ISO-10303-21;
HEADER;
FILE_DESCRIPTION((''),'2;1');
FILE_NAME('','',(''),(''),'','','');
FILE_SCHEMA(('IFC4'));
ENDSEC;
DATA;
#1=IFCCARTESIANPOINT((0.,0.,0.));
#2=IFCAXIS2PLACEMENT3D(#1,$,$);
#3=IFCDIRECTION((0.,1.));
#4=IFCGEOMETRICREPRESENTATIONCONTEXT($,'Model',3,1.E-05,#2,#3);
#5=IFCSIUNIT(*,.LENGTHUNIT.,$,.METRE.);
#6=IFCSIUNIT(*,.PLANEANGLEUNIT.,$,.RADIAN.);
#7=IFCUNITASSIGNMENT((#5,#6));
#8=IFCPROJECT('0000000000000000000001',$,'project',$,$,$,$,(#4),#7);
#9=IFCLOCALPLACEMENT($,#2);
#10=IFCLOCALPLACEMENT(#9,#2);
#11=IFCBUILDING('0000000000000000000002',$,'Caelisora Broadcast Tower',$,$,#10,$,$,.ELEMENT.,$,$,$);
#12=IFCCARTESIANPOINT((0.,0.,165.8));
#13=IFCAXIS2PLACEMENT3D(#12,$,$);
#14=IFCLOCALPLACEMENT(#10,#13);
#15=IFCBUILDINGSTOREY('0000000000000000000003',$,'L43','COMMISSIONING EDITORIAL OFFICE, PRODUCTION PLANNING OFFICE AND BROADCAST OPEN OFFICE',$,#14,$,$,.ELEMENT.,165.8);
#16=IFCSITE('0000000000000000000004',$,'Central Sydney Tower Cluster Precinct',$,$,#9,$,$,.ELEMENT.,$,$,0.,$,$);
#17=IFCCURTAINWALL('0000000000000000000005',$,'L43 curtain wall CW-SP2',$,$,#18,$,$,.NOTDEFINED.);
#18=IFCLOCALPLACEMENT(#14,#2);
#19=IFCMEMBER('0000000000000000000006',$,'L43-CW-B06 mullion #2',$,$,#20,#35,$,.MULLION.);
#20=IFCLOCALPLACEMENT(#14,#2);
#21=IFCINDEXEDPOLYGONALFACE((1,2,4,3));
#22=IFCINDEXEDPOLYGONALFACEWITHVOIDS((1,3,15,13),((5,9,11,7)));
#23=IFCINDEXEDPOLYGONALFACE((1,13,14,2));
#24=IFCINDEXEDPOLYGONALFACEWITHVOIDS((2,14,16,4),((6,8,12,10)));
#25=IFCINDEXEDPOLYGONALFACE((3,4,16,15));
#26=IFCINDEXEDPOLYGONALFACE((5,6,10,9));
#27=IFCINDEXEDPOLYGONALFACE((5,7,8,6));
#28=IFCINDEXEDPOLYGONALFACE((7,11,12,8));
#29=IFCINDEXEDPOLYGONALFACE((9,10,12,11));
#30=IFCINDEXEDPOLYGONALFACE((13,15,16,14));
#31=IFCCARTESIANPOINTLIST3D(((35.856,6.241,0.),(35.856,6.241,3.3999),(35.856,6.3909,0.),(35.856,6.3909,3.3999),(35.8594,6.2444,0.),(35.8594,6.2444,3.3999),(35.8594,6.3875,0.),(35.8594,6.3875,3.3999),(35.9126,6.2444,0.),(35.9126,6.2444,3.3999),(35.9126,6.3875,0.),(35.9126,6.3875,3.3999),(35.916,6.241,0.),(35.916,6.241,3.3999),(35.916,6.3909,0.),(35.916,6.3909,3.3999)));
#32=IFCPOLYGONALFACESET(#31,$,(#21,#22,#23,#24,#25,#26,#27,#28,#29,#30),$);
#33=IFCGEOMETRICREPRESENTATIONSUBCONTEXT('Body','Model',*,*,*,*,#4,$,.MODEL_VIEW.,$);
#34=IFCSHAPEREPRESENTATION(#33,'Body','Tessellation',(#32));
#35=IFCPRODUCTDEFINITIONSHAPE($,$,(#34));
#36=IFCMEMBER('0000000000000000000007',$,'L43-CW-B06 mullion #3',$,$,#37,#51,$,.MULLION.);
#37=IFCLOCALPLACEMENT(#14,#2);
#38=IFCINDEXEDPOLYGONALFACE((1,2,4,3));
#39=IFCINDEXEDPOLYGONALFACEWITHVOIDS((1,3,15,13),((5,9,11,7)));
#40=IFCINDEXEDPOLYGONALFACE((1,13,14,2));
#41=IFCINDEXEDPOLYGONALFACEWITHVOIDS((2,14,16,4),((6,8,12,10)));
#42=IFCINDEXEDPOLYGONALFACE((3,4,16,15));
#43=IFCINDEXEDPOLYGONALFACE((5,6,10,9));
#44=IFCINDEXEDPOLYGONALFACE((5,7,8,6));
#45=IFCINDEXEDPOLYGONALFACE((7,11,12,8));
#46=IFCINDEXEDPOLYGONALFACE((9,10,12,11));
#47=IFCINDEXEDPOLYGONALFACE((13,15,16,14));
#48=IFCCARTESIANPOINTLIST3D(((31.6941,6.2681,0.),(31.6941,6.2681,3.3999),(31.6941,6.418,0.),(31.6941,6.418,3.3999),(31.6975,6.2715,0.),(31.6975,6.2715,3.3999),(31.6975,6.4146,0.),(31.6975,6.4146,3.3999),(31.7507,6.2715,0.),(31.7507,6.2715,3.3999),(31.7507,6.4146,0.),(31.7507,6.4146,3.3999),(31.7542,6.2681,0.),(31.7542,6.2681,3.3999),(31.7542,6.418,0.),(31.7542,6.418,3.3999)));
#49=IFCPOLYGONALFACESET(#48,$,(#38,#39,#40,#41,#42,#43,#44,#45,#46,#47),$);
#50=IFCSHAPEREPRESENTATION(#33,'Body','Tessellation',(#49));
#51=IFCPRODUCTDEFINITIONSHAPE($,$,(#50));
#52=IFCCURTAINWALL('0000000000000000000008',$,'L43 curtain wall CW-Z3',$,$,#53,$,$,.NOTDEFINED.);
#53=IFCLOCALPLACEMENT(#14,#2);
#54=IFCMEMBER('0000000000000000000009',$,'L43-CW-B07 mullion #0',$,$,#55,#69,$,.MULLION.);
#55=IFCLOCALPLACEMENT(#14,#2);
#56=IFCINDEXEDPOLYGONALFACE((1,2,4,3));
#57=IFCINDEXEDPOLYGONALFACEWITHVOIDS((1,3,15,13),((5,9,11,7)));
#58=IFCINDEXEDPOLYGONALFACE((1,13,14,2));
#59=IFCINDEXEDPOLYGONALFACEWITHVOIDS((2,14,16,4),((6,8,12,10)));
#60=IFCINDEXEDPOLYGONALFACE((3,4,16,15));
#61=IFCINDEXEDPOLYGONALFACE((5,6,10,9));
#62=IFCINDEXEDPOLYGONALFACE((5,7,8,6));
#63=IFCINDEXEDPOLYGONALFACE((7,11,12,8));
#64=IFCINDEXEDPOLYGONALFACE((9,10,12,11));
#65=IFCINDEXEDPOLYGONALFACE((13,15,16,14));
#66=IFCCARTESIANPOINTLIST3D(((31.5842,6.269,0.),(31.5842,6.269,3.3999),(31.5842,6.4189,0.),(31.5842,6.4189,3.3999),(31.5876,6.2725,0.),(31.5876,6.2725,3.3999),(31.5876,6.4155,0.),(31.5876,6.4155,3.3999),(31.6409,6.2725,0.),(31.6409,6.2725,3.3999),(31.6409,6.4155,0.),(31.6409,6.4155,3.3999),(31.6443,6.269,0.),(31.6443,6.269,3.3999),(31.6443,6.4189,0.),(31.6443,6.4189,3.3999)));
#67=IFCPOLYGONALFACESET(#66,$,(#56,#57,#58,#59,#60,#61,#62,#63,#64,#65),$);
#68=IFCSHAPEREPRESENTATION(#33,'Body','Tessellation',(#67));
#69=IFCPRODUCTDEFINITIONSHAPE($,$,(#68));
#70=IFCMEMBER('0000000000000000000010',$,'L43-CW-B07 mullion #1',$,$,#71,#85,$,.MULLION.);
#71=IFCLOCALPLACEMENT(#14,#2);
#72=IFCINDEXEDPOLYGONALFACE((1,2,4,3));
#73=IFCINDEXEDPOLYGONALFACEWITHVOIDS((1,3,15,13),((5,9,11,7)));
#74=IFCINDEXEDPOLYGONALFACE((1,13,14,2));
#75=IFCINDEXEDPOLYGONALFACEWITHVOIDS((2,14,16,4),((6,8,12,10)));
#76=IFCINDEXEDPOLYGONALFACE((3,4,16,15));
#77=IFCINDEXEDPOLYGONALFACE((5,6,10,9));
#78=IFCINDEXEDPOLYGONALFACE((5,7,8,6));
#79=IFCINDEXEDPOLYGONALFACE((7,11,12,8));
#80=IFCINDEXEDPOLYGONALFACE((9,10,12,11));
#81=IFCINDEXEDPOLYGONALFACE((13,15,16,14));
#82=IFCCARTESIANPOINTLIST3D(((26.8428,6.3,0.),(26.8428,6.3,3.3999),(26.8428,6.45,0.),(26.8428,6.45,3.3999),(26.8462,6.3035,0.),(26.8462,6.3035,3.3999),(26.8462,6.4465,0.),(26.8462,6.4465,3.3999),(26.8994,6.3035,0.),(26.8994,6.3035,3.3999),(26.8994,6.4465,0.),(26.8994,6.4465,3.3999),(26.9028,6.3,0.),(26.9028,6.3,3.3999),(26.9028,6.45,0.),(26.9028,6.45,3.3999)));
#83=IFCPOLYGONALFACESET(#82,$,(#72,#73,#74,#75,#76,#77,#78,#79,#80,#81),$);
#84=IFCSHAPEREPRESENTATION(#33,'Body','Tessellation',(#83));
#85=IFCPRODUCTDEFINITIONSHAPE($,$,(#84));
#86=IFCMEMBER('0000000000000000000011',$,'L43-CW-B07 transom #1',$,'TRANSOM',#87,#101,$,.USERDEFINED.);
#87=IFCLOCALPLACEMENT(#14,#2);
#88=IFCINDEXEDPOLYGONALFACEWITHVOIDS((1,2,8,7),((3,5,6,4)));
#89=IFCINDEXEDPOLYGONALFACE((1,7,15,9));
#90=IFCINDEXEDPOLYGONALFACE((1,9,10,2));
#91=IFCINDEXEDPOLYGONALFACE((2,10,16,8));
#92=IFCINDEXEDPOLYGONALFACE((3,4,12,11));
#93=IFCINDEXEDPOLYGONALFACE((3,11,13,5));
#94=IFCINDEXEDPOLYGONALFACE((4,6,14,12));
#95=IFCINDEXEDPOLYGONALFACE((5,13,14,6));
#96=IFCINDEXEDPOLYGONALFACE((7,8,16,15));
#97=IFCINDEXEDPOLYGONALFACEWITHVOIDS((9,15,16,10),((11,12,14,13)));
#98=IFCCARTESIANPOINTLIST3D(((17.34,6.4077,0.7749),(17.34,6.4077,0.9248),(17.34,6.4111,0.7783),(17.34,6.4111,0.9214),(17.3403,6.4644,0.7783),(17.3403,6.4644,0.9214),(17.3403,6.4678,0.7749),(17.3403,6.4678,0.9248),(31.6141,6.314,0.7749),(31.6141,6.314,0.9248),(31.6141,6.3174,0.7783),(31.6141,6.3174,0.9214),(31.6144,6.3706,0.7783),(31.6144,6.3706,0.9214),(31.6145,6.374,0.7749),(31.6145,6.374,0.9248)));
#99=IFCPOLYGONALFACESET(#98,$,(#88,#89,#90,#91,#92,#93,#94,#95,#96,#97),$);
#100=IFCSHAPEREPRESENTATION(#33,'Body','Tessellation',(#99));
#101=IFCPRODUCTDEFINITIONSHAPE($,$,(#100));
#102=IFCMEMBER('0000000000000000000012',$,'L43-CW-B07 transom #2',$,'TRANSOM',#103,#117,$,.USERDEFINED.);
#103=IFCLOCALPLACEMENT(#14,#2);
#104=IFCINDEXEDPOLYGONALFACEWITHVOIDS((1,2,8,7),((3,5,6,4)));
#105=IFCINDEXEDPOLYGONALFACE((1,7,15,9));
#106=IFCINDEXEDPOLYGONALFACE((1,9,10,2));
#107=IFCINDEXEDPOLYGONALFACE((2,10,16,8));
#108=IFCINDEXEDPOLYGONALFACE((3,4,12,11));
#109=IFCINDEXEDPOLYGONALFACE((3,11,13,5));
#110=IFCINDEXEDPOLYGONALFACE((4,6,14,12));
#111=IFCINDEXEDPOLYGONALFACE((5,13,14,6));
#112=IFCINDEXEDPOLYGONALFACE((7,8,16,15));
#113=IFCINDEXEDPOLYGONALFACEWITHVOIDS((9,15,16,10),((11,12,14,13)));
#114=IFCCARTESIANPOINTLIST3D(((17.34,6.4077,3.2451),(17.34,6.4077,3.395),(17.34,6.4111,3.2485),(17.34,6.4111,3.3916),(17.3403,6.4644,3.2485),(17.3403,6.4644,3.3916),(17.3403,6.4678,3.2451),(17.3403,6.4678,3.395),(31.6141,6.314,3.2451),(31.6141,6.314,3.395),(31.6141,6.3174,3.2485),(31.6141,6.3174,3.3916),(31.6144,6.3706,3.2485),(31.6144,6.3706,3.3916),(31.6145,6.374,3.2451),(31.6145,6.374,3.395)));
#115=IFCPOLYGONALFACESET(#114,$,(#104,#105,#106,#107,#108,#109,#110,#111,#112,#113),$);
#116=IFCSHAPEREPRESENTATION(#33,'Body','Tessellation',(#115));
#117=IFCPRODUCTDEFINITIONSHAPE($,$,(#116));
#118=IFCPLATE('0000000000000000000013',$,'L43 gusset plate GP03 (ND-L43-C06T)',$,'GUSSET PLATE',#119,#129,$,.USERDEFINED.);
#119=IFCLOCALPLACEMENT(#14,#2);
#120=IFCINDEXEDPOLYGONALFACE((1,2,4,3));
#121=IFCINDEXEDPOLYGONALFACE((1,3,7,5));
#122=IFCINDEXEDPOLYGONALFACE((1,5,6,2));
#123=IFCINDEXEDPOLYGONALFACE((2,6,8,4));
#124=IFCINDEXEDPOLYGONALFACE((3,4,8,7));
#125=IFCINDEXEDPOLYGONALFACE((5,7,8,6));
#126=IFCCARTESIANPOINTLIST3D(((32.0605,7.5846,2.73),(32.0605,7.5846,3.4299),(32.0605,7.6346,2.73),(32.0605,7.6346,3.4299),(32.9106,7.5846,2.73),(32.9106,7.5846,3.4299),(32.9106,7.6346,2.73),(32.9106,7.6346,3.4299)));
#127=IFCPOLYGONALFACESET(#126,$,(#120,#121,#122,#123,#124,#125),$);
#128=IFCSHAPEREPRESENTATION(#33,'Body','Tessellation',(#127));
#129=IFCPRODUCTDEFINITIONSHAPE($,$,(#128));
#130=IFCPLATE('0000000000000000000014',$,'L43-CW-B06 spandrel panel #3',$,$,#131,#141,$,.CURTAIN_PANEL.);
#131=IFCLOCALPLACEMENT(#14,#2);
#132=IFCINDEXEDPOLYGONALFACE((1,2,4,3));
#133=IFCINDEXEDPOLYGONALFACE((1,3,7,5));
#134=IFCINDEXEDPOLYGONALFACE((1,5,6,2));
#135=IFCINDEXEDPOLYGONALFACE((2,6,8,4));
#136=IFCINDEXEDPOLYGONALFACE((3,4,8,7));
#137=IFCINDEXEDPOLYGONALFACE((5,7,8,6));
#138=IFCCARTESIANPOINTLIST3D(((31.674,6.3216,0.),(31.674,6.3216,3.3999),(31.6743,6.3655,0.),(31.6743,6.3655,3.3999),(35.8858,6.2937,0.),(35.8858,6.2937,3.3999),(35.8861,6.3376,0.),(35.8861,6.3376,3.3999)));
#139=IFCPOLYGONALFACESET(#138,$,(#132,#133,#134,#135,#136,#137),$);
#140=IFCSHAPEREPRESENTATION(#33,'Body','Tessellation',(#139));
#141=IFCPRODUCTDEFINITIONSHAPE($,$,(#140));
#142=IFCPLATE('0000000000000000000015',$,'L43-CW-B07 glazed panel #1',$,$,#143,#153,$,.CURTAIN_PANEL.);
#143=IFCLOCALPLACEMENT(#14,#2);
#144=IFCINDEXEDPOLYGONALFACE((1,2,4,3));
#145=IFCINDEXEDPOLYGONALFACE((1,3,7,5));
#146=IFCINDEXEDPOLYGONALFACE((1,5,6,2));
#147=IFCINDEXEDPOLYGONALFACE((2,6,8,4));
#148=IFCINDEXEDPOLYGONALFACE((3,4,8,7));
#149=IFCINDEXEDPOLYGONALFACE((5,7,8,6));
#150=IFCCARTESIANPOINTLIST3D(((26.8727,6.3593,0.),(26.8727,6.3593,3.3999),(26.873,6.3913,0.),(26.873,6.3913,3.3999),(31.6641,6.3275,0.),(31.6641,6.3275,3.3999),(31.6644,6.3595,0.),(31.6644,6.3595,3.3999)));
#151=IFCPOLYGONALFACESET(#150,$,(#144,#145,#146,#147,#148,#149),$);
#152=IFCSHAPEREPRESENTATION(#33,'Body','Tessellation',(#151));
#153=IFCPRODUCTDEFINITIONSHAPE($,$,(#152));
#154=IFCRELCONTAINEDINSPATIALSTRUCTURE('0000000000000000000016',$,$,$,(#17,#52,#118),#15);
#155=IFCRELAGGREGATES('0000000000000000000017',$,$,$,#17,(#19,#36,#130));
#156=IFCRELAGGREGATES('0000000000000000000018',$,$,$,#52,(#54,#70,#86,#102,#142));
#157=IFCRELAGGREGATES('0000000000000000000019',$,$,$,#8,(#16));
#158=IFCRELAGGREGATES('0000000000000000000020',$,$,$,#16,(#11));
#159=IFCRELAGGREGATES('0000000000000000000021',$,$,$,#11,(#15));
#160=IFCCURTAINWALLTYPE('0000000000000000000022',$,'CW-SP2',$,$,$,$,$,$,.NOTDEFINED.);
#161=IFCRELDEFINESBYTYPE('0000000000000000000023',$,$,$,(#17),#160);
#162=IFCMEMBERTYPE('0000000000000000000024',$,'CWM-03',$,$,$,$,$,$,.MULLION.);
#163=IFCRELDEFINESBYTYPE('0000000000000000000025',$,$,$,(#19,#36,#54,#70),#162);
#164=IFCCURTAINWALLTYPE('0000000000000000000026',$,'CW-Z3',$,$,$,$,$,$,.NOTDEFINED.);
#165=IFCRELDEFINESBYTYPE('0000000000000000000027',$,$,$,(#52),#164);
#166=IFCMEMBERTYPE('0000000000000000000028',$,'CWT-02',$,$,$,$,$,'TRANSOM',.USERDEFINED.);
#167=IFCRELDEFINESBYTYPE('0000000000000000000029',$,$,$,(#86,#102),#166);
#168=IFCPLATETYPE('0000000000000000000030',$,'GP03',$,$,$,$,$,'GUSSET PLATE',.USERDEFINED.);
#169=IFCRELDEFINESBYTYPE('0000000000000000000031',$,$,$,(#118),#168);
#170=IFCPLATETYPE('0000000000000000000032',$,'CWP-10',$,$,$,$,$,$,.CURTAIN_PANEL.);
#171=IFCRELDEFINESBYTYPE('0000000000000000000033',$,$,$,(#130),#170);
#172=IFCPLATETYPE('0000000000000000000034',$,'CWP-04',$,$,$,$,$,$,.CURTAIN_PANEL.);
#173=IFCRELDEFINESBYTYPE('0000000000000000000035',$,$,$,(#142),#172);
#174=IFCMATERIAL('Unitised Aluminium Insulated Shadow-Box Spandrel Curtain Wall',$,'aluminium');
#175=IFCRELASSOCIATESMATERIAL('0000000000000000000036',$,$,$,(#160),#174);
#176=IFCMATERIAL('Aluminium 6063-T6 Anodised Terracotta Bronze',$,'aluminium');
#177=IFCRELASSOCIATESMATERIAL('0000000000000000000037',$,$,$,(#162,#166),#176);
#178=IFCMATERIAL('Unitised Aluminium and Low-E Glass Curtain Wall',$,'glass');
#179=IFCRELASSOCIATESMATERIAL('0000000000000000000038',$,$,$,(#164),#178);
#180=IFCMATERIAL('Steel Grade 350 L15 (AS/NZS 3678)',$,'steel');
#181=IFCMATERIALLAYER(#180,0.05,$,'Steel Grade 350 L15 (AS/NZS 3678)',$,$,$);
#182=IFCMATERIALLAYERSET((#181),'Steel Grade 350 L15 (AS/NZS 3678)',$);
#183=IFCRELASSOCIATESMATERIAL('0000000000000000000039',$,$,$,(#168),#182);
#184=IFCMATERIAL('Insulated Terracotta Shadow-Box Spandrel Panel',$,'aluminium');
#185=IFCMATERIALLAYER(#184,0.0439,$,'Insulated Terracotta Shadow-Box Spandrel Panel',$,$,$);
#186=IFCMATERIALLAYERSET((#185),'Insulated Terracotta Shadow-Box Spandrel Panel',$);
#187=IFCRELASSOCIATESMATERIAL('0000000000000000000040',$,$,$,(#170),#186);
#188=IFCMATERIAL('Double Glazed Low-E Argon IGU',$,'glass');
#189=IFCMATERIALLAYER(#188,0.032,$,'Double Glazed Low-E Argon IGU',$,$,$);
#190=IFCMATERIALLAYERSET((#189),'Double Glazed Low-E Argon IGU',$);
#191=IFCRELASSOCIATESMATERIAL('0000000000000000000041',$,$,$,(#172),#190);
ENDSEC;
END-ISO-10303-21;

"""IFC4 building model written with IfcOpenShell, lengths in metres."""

from ifc_helpers import new_model, si_unit, direction, frame, origin, origin_2d, place, context, subcontext, project, spatial, rectangle, hollow_rectangle, extrude, source, transform, mapped, material, layer, layer_set, material_profile, profile_set, type_object, type_shapes, element, aggregate, save


model = new_model("IFC4")

# Units and contexts
model_context = context("Model", 3, precision=1e-05, world=origin(), true_north=direction((0.0, 1.0)))
body_context = subcontext(model_context, "Body", "Model", "MODEL_VIEW")
ifc_project = project(units=[si_unit("LENGTHUNIT", "METRE"), si_unit("PLANEANGLEUNIT", "RADIAN")], contexts=[model_context])

# Site, building, storey
site_placement = place(None, origin())
site = spatial("IfcSite", under=ifc_project, at=site_placement, Name="Central Sydney Tower Cluster Precinct", CompositionType="ELEMENT", RefElevation=0.0)
building_placement = place(site_placement, origin())
building = spatial("IfcBuilding", under=site, at=building_placement, Name="Caelisora Broadcast Tower", CompositionType="ELEMENT")
storey_placement = place(building_placement, frame((0.0, 0.0, 165.8)))
storey = spatial("IfcBuildingStorey", under=building, at=storey_placement, Name="L43", Description="COMMISSIONING EDITORIAL OFFICE, PRODUCTION PLANNING OFFICE AND BROADCAST OPEN OFFICE", CompositionType="ELEMENT", Elevation=165.8)

# Shared definitions
ifc_material_1 = material(Name="Steel Grade 350 L15 (AS/NZS 3678)", Category="steel")

# Curtain walls, members
ifc_material_2 = material(Name="Unitised Aluminium Insulated Shadow-Box Spandrel Curtain Wall", Category="aluminium")
curtain_wall_type_1 = type_object("IfcCurtainWallType", Name="CW-SP2", PredefinedType="NOTDEFINED", material=ifc_material_2)
curtain_wall_1_placement = place(storey_placement, origin())
curtain_wall_1 = element("IfcCurtainWall", 1, at=curtain_wall_1_placement, inside=storey, type_object=curtain_wall_type_1, Name="L43 curtain wall CW-SP2", PredefinedType="NOTDEFINED")
ifc_material_3 = material(Name="Aluminium 6063-T6 Anodised Terracotta Bronze", Category="aluminium")
ifc_material_profile_1 = material_profile(ifc_material_3, hollow_rectangle(XDim=0.0601, YDim=0.1499, WallThickness=0.0034, at=origin_2d()), Name="Aluminium 6063-T6 Anodised Terracotta Bronze")
ifc_profile_set_1 = profile_set([ifc_material_profile_1], Name="Aluminium 6063-T6 Anodised Terracotta Bronze")
member_type_1 = type_object("IfcMemberType", Name="CWM-03", PredefinedType="MULLION", material=ifc_profile_set_1)
shared_shape_1 = source(origin(), body_context, "Body", "SweptSolid", [
    extrude(hollow_rectangle(XDim=0.0601, YDim=0.1499, WallThickness=0.0034, at=origin_2d()), origin(), (0.0, 0.0, 1.0), 3.3999),
])
type_shapes(member_type_1, [shared_shape_1])
member_1_placement = place(storey_placement, frame((35.886, 6.3159, 0.0), z_axis=(0.0, 0.0, 1.0), x_axis=(1.0, 0.0, 0.0)))
member_1 = element("IfcMember", 2, at=member_1_placement, type_object=member_type_1, Name="L43-CW-B06 mullion #2", PredefinedType="MULLION", context=body_context, shape_type="MappedRepresentation", body=[
    mapped(shared_shape_1, transform((0.0, 0.0, 0.0), scale=1.0)),
])
member_2_placement = place(storey_placement, frame((31.7241, 6.343, 0.0), z_axis=(0.0, 0.0, 1.0), x_axis=(1.0, 0.0, 0.0)))
member_2 = element("IfcMember", 3, at=member_2_placement, type_object=member_type_1, Name="L43-CW-B06 mullion #3", PredefinedType="MULLION", context=body_context, shape_type="MappedRepresentation", body=[
    mapped(shared_shape_1, transform((0.0, 0.0, 0.0), scale=1.0)),
])
ifc_material_4 = material(Name="Unitised Aluminium and Low-E Glass Curtain Wall", Category="glass")
curtain_wall_type_2 = type_object("IfcCurtainWallType", Name="CW-Z3", PredefinedType="NOTDEFINED", material=ifc_material_4)
curtain_wall_2_placement = place(storey_placement, origin())
curtain_wall_2 = element("IfcCurtainWall", 4, at=curtain_wall_2_placement, inside=storey, type_object=curtain_wall_type_2, Name="L43 curtain wall CW-Z3", PredefinedType="NOTDEFINED")
member_3_placement = place(storey_placement, frame((31.6143, 6.344, 0.0), z_axis=(0.0, 0.0, 1.0), x_axis=(1.0, 0.0, 0.0)))
member_3 = element("IfcMember", 5, at=member_3_placement, type_object=member_type_1, Name="L43-CW-B07 mullion #0", PredefinedType="MULLION", context=body_context, shape_type="MappedRepresentation", body=[
    mapped(shared_shape_1, transform((0.0, 0.0, 0.0), scale=1.0)),
])
member_4_placement = place(storey_placement, frame((26.8728, 6.375, 0.0), z_axis=(0.0, 0.0, 1.0), x_axis=(1.0, 0.0, 0.0)))
member_4 = element("IfcMember", 6, at=member_4_placement, type_object=member_type_1, Name="L43-CW-B07 mullion #1", PredefinedType="MULLION", context=body_context, shape_type="MappedRepresentation", body=[
    mapped(shared_shape_1, transform((0.0, 0.0, 0.0), scale=1.0)),
])
ifc_material_profile_2 = material_profile(ifc_material_3, hollow_rectangle(XDim=0.0601, YDim=0.1499, WallThickness=0.0034, at=origin_2d()), Name="Aluminium 6063-T6 Anodised Terracotta Bronze")
ifc_profile_set_2 = profile_set([ifc_material_profile_2], Name="Aluminium 6063-T6 Anodised Terracotta Bronze")
member_type_2 = type_object("IfcMemberType", Name="CWT-02", ElementType="TRANSOM", PredefinedType="USERDEFINED", material=ifc_profile_set_2)
shared_shape_2 = source(origin(), body_context, "Body", "SweptSolid", [
    extrude(hollow_rectangle(XDim=0.0601, YDim=0.1499, WallThickness=0.0034, at=origin_2d()), origin(), (0.0, 0.0, 1.0), 14.2744),
])
type_shapes(member_type_2, [shared_shape_2])
member_5_placement = place(storey_placement, frame((31.6143, 6.344, 0.8499), z_axis=(-0.999978, 0.006568, 0.0), x_axis=(-0.006568, -0.999978, 0.0)))
member_5 = element("IfcMember", 7, at=member_5_placement, type_object=member_type_2, Name="L43-CW-B07 transom #1", ObjectType="TRANSOM", PredefinedType="USERDEFINED", context=body_context, shape_type="MappedRepresentation", body=[
    mapped(shared_shape_2, transform((0.0, 0.0, 0.0), scale=1.0)),
])
member_6_placement = place(storey_placement, frame((31.6143, 6.344, 3.3201), z_axis=(-0.999978, 0.006568, 0.0), x_axis=(-0.006568, -0.999978, 0.0)))
member_6 = element("IfcMember", 8, at=member_6_placement, type_object=member_type_2, Name="L43-CW-B07 transom #2", ObjectType="TRANSOM", PredefinedType="USERDEFINED", context=body_context, shape_type="MappedRepresentation", body=[
    mapped(shared_shape_2, transform((0.0, 0.0, 0.0), scale=1.0)),
])

# Plates
ifc_layer_1 = layer(ifc_material_1, 0.05, Name="Steel Grade 350 L15 (AS/NZS 3678)")
ifc_layer_set_1 = layer_set([ifc_layer_1], Name="Steel Grade 350 L15 (AS/NZS 3678)")
plate_type_1 = type_object("IfcPlateType", Name="GP03", ElementType="GUSSET PLATE", PredefinedType="USERDEFINED", material=ifc_layer_set_1)
shared_shape_3 = source(origin(), body_context, "Body", "SweptSolid", [
    extrude(rectangle(XDim=0.8501, YDim=0.05, at=origin_2d()), origin(), (0.0, 0.0, 1.0), 0.7),
])
type_shapes(plate_type_1, [shared_shape_3])
plate_1_placement = place(storey_placement, frame((32.4856, 7.6096, 2.73), z_axis=(0.0, 0.0, 1.0), x_axis=(1.0, 0.0, 0.0)))
element("IfcPlate", 9, at=plate_1_placement, inside=storey, type_object=plate_type_1, Name="L43 gusset plate GP03 (ND-L43-C06T)", ObjectType="GUSSET PLATE", PredefinedType="USERDEFINED", context=body_context, shape_type="MappedRepresentation", body=[
    mapped(shared_shape_3, transform((0.0, 0.0, 0.0), scale=1.0)),
])
ifc_material_5 = material(Name="Insulated Terracotta Shadow-Box Spandrel Panel", Category="aluminium")
ifc_layer_2 = layer(ifc_material_5, 0.0439, Name="Insulated Terracotta Shadow-Box Spandrel Panel")
ifc_layer_set_2 = layer_set([ifc_layer_2], Name="Insulated Terracotta Shadow-Box Spandrel Panel")
plate_type_2 = type_object("IfcPlateType", Name="CWP-10", PredefinedType="CURTAIN_PANEL", material=ifc_layer_set_2)
shared_shape_4 = source(origin(), body_context, "Body", "SweptSolid", [
    extrude(rectangle(XDim=4.2119, YDim=0.0439, at=origin_2d()), origin(), (0.0, 0.0, 1.0), 3.3999),
])
type_shapes(plate_type_2, [shared_shape_4])
plate_2_placement = place(storey_placement, frame((33.78, 6.3296, 0.0), z_axis=(0.0, 0.0, 1.0), x_axis=(-0.999978, 0.006632, 0.0)))
plate_2 = element("IfcPlate", 10, at=plate_2_placement, type_object=plate_type_2, Name="L43-CW-B06 spandrel panel #3", PredefinedType="CURTAIN_PANEL", context=body_context, shape_type="MappedRepresentation", body=[
    mapped(shared_shape_4, transform((0.0, 0.0, 0.0), scale=1.0)),
])
aggregate(curtain_wall_1, [member_1, member_2, plate_2])
ifc_material_6 = material(Name="Double Glazed Low-E Argon IGU", Category="glass")
ifc_layer_3 = layer(ifc_material_6, 0.032, Name="Double Glazed Low-E Argon IGU")
ifc_layer_set_3 = layer_set([ifc_layer_3], Name="Double Glazed Low-E Argon IGU")
plate_type_3 = type_object("IfcPlateType", Name="CWP-04", PredefinedType="CURTAIN_PANEL", material=ifc_layer_set_3)
shared_shape_5 = source(origin(), body_context, "Body", "SweptSolid", [
    extrude(rectangle(XDim=4.7915, YDim=0.032, at=origin_2d()), origin(), (0.0, 0.0, 1.0), 3.3999),
])
type_shapes(plate_type_3, [shared_shape_5])
plate_3_placement = place(storey_placement, frame((29.2686, 6.3594, 0.0), z_axis=(0.0, 0.0, 1.0), x_axis=(-0.999978, 0.006632, 0.0)))
plate_3 = element("IfcPlate", 11, at=plate_3_placement, type_object=plate_type_3, Name="L43-CW-B07 glazed panel #1", PredefinedType="CURTAIN_PANEL", context=body_context, shape_type="MappedRepresentation", body=[
    mapped(shared_shape_5, transform((0.0, 0.0, 0.0), scale=1.0)),
])
aggregate(curtain_wall_2, [member_3, member_4, member_5, member_6, plate_3])

save(model, "model.ifc")
